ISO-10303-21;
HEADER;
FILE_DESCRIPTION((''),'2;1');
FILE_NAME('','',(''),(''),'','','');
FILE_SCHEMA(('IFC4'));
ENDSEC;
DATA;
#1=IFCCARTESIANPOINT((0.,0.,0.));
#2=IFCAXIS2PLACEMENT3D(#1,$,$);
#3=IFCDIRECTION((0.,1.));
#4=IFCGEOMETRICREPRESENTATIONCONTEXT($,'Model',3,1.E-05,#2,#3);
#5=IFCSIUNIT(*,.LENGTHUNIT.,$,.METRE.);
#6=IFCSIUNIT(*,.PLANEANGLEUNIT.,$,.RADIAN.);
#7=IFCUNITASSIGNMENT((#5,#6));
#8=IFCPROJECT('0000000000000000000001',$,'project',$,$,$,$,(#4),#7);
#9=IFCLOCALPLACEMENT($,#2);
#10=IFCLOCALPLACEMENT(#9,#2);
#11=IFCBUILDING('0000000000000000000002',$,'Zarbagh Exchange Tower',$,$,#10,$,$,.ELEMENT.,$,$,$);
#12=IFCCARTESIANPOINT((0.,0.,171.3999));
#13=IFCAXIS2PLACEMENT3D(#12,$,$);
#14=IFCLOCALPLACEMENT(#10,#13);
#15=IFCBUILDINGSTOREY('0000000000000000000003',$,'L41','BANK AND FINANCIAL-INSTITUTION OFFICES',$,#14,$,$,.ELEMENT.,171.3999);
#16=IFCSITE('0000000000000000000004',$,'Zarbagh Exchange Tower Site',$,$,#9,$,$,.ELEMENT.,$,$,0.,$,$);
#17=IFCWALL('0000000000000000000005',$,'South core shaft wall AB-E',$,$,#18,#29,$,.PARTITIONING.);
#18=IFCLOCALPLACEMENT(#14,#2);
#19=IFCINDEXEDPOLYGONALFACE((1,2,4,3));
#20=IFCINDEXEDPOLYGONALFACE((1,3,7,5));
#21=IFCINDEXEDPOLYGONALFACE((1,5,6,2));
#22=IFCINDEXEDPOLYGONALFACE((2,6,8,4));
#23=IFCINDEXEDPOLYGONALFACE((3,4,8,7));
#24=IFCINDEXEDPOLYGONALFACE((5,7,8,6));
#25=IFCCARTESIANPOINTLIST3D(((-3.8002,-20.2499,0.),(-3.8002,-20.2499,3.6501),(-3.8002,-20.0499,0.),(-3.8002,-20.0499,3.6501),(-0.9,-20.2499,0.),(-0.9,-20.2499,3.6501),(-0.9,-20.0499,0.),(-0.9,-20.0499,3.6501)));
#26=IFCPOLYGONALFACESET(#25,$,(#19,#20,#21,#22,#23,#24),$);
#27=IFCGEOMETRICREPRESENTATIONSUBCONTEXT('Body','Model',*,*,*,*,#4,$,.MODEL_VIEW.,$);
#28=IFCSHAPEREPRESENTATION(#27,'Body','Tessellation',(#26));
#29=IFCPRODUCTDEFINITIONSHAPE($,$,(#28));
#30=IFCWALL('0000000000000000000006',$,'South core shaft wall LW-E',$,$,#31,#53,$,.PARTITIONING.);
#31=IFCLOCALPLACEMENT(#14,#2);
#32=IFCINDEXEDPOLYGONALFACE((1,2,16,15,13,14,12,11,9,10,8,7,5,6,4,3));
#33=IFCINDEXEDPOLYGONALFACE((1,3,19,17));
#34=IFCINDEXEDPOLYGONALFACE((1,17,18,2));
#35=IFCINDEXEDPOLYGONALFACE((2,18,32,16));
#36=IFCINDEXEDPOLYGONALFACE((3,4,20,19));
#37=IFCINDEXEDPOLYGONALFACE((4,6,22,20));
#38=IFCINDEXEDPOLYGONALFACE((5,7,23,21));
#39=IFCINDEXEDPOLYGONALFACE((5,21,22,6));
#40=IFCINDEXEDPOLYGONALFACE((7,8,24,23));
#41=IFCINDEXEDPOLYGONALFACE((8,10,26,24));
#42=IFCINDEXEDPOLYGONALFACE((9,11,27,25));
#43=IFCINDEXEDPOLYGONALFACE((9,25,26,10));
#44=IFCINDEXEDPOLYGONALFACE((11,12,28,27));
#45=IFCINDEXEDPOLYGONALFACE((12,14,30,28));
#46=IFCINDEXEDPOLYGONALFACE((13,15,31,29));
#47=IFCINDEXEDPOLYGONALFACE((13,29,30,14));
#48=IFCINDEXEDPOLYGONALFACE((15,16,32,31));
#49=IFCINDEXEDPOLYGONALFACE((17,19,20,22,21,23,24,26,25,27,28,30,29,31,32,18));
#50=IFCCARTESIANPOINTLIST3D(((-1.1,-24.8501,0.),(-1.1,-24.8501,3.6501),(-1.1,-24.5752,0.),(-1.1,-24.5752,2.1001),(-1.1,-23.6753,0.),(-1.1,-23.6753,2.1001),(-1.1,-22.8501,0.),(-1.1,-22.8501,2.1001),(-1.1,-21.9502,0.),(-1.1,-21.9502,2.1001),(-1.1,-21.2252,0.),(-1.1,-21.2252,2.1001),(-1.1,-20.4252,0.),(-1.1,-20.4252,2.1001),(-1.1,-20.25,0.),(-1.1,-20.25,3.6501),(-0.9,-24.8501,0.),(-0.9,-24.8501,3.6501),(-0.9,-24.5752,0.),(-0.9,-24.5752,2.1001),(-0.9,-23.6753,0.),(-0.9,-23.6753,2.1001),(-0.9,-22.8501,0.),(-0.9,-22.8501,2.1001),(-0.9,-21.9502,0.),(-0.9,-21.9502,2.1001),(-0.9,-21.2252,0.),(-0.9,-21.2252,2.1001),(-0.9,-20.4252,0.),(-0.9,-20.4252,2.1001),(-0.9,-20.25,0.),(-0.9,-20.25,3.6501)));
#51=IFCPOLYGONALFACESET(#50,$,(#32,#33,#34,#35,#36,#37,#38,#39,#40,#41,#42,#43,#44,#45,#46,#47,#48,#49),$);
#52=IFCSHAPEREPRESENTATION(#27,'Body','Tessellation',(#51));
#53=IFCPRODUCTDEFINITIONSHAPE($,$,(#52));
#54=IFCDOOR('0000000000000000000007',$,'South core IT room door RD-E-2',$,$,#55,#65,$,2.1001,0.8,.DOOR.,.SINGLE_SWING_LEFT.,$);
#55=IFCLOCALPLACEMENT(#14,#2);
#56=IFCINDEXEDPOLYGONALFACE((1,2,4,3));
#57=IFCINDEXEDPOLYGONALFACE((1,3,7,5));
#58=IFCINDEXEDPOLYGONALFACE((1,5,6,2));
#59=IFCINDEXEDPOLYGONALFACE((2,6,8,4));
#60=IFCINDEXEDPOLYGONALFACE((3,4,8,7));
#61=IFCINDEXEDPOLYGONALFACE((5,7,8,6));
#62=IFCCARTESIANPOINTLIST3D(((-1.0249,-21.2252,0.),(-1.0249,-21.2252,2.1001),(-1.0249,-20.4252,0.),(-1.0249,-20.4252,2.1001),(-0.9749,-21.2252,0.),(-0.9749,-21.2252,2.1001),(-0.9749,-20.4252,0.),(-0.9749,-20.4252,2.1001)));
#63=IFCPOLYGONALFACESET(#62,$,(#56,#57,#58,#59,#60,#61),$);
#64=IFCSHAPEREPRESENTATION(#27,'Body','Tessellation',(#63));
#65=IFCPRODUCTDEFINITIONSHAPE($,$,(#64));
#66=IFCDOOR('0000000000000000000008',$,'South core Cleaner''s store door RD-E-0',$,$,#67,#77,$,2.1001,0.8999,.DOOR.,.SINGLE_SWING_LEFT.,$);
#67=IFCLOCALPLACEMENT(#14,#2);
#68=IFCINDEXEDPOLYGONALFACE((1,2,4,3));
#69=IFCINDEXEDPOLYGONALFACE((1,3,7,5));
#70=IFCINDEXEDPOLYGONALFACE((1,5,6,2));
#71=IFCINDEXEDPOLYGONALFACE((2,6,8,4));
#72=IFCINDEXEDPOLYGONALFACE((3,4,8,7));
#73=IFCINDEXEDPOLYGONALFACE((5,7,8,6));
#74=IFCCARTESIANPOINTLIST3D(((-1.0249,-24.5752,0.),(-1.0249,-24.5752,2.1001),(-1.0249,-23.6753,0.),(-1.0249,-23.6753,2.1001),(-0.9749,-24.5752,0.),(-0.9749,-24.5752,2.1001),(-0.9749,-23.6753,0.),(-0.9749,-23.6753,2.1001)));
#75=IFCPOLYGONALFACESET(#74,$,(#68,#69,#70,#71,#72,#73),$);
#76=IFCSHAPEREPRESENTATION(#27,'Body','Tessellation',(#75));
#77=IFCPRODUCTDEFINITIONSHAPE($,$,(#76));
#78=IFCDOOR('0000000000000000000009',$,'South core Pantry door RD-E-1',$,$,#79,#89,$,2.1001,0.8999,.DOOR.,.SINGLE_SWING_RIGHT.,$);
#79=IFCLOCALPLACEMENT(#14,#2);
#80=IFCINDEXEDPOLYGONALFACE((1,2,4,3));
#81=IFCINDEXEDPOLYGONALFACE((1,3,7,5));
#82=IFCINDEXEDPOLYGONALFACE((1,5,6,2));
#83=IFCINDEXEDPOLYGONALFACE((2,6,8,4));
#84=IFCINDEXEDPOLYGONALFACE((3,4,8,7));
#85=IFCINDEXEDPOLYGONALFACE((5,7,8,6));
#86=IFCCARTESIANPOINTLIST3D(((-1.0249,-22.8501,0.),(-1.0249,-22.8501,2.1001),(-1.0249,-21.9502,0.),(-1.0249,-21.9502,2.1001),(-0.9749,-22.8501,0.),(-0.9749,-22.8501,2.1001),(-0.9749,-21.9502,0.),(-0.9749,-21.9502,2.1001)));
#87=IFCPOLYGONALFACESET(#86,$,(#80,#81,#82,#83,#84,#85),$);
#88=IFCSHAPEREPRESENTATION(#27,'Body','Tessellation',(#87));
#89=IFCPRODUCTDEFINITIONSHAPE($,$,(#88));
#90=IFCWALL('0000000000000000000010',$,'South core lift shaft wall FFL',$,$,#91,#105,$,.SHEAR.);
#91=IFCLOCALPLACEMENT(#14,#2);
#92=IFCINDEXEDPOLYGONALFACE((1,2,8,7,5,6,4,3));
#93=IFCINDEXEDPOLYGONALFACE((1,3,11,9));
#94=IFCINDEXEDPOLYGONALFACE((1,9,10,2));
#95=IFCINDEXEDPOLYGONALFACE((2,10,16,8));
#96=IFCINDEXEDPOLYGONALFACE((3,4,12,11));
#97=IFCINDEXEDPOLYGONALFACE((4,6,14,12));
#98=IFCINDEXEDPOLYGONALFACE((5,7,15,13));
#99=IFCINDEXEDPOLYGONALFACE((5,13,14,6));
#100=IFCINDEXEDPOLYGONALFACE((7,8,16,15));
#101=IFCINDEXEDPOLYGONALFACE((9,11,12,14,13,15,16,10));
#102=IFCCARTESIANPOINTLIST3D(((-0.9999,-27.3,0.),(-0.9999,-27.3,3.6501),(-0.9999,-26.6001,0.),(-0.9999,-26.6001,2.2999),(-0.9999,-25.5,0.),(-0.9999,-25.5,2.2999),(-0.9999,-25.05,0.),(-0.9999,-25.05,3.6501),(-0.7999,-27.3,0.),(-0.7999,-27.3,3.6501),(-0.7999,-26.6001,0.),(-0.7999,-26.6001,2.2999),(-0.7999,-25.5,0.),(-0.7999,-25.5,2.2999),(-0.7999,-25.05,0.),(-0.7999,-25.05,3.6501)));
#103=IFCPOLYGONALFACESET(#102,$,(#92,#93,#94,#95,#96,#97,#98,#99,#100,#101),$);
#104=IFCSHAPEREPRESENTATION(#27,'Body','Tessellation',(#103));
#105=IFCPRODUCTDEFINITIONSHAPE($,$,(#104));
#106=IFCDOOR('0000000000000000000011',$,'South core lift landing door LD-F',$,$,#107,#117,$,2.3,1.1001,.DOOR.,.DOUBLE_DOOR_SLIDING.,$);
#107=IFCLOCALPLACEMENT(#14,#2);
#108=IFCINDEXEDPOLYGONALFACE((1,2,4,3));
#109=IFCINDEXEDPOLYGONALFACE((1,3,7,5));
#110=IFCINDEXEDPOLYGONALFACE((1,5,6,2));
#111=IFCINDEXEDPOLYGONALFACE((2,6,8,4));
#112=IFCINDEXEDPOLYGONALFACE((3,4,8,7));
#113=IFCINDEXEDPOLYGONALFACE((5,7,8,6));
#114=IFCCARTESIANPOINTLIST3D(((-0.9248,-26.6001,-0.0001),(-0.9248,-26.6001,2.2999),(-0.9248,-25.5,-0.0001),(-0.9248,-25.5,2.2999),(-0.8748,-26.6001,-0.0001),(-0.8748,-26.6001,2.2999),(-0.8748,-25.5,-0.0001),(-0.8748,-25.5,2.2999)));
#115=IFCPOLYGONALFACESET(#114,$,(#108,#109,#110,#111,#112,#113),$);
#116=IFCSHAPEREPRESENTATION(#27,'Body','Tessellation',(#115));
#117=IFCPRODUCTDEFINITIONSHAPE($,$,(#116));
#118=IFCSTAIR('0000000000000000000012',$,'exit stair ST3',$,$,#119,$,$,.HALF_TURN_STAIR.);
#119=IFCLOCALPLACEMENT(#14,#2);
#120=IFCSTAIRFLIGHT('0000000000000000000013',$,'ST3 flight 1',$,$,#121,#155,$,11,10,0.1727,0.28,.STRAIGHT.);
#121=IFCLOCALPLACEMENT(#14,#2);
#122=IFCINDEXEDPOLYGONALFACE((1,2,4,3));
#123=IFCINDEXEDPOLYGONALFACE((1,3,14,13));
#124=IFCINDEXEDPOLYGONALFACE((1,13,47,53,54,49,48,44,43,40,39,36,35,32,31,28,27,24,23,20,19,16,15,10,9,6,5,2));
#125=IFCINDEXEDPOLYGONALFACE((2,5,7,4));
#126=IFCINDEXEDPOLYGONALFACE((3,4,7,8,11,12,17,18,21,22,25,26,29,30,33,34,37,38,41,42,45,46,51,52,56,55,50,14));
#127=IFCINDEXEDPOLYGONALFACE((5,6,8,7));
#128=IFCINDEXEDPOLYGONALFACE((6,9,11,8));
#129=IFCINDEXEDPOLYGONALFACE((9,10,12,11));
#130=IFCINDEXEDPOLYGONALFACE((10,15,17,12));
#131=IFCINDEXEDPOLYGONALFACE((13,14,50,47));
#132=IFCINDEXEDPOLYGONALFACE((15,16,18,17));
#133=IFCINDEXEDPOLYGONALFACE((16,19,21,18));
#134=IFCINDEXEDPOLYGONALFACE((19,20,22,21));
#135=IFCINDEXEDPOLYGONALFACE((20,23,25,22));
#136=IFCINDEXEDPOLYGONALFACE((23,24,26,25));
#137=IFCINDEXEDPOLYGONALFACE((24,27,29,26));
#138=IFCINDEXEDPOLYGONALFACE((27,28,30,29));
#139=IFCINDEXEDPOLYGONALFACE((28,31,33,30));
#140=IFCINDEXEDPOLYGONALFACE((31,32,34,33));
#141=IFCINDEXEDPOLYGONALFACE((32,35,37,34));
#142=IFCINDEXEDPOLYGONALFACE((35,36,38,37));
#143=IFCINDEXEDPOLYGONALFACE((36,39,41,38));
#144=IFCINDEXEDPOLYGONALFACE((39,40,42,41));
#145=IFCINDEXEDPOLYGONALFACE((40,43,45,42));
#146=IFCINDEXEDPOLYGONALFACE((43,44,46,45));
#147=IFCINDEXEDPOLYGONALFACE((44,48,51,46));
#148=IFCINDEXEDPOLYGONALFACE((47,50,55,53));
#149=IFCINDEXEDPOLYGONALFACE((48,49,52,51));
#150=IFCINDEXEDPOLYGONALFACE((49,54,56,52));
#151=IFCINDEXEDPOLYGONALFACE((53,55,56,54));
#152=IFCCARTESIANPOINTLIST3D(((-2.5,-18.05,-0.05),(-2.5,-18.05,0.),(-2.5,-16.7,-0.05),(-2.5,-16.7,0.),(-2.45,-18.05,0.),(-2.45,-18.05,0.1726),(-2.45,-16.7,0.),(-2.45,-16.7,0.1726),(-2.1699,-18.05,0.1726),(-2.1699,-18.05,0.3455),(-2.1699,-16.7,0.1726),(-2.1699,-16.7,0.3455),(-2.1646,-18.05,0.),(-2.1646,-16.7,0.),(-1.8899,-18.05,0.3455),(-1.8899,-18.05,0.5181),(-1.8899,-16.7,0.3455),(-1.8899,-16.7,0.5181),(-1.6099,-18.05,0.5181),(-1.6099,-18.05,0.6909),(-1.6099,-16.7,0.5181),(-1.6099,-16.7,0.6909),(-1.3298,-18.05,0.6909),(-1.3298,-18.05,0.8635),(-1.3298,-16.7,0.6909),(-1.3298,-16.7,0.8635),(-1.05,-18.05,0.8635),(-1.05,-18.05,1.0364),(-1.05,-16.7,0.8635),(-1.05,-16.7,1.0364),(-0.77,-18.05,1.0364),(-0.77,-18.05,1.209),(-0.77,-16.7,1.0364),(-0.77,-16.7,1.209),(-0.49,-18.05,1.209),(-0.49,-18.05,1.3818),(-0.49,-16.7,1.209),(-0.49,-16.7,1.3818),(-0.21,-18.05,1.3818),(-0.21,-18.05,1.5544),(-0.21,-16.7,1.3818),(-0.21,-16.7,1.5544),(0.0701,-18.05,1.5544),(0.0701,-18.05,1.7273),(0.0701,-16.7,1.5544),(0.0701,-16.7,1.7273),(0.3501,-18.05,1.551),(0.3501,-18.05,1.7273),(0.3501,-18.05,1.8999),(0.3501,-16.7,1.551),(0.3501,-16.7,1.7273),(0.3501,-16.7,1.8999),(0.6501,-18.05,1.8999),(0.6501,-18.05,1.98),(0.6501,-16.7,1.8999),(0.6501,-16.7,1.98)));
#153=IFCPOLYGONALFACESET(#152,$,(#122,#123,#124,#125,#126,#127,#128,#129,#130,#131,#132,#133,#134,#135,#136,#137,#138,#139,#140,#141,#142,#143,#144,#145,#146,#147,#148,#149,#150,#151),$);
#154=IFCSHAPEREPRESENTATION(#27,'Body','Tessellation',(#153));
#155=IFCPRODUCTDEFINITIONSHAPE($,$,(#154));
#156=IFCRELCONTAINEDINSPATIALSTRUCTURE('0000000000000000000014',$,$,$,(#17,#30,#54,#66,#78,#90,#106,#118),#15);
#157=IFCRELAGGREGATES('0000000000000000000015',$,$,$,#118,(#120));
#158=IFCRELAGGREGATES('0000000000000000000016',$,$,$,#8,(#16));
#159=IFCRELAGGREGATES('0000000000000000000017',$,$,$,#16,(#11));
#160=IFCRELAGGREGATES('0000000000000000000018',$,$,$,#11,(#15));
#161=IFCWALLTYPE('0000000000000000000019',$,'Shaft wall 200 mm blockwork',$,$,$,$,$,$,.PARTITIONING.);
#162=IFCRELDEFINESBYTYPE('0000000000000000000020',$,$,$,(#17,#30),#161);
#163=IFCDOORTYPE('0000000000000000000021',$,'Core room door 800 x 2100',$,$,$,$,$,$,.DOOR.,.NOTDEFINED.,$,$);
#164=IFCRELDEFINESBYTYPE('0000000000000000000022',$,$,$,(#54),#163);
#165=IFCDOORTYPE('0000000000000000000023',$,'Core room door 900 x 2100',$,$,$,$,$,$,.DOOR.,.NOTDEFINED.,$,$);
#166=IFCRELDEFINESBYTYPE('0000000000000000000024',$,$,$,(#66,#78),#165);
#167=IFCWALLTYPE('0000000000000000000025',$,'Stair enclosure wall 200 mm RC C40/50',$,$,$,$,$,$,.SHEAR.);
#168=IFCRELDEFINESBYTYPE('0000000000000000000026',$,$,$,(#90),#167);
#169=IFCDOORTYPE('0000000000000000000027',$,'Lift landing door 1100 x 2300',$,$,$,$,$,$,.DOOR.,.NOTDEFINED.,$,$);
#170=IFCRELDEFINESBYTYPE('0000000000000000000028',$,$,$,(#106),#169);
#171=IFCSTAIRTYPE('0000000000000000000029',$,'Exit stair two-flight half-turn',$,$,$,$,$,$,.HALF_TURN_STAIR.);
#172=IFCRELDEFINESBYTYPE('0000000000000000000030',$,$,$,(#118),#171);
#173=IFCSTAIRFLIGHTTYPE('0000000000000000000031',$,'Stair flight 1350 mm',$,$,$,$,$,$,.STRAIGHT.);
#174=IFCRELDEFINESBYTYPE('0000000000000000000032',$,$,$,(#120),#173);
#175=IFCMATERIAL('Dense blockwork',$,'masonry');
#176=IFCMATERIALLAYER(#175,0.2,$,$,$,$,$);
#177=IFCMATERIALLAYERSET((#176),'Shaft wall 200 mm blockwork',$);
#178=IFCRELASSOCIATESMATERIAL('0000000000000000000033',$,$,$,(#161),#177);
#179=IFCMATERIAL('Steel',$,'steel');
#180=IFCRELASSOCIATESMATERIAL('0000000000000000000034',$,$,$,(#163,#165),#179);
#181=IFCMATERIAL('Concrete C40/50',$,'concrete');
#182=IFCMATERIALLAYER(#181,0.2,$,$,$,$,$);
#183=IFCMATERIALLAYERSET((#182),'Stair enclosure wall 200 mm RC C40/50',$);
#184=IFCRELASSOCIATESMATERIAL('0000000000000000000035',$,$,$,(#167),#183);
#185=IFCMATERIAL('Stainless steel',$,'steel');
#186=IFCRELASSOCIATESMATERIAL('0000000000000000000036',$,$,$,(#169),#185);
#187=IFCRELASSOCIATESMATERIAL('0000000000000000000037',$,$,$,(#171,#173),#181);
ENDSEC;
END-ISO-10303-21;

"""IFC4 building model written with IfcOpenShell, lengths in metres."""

from ifc_helpers import new_model, si_unit, direction, frame, frame_2d, origin, place, context, subcontext, project, spatial, polyline, rectangle, outline, extrude, material, layer, layer_set, type_object, element, fill, aggregate, save


model = new_model("IFC4")

# Units and contexts
model_context = context("Model", 3, precision=1e-05, world=origin(), true_north=direction((0.0, 1.0)))
body_context = subcontext(model_context, "Body", "Model", "MODEL_VIEW")
ifc_project = project(units=[si_unit("LENGTHUNIT", "METRE"), si_unit("PLANEANGLEUNIT", "RADIAN")], contexts=[model_context])

# Site, building, storey
site_placement = place(None, origin())
site = spatial("IfcSite", under=ifc_project, at=site_placement, Name="Zarbagh Exchange Tower Site", CompositionType="ELEMENT", RefElevation=0.0)
building_placement = place(site_placement, origin())
building = spatial("IfcBuilding", under=site, at=building_placement, Name="Zarbagh Exchange Tower", CompositionType="ELEMENT")
storey_placement = place(building_placement, frame((0.0, 0.0, 171.3999)))
storey = spatial("IfcBuildingStorey", under=building, at=storey_placement, Name="L41", Description="BANK AND FINANCIAL-INSTITUTION OFFICES", CompositionType="ELEMENT", Elevation=171.3999)

# Shared definitions
ifc_material_1 = material(Name="Concrete C40/50", Category="concrete")

# Shared definitions
ifc_material_2 = material(Name="Dense blockwork", Category="masonry")

# Shared definitions
ifc_material_3 = material(Name="Steel", Category="steel")

# Wall
ifc_layer_1 = layer(ifc_material_2, 0.2)
ifc_layer_set_1 = layer_set([ifc_layer_1], Name="Shaft wall 200 mm blockwork")
wall_type_1 = type_object("IfcWallType", Name="Shaft wall 200 mm blockwork", PredefinedType="PARTITIONING", material=ifc_layer_set_1)
wall_1_placement = place(storey_placement, frame((-0.8999, -20.1499, 0.0), z_axis=(0.0, 0.0, 1.0), x_axis=(-1.0, 0.0, 0.0)))
element("IfcWall", 1, at=wall_1_placement, inside=storey, type_object=wall_type_1, Name="South core shaft wall AB-E", PredefinedType="PARTITIONING", context=body_context, shape_type="SweptSolid", body=[
    extrude(rectangle(XDim=2.9001, YDim=0.2, at=frame_2d((1.4502, 0.0))), origin(), (0.0, 0.0, 1.0), 3.6501),
])

# Wall, openings, doors
wall_2_placement = place(storey_placement, frame((-1.0, -24.8501, 0.0), z_axis=(0.0, 0.0, 1.0), x_axis=(0.0, 1.0, 0.0)))
wall_2 = element("IfcWall", 2, at=wall_2_placement, inside=storey, type_object=wall_type_1, Name="South core shaft wall LW-E", PredefinedType="PARTITIONING", context=body_context, shape_type="SweptSolid", body=[
    extrude(rectangle(XDim=4.6001, YDim=0.2, at=frame_2d((2.3, 0.0))), origin(), (0.0, 0.0, 1.0), 3.6501),
])
opening_1_placement = place(wall_2_placement, frame((0.2749, 0.0, 0.0)))
opening_1 = element("IfcOpeningElement", 3, at=opening_1_placement, cuts=wall_2, PredefinedType="OPENING", context=body_context, shape_type="SweptSolid", body=[
    extrude(rectangle(XDim=0.8999, YDim=2.1001, at=frame_2d((0.45, 1.05))), frame((0.0, 0.1099, 0.0), z_axis=(0.0, -1.0, 0.0), x_axis=(1.0, 0.0, 0.0)), (0.0, 0.0, 1.0), 0.22),
])
opening_2_placement = place(wall_2_placement, frame((2.0, 0.0, 0.0)))
opening_2 = element("IfcOpeningElement", 4, at=opening_2_placement, cuts=wall_2, PredefinedType="OPENING", context=body_context, shape_type="SweptSolid", body=[
    extrude(rectangle(XDim=0.8999, YDim=2.1001, at=frame_2d((0.45, 1.05))), frame((0.0, 0.1099, 0.0), z_axis=(0.0, -1.0, 0.0), x_axis=(1.0, 0.0, 0.0)), (0.0, 0.0, 1.0), 0.22),
])
opening_3_placement = place(wall_2_placement, frame((3.625, 0.0, 0.0)))
opening_3 = element("IfcOpeningElement", 5, at=opening_3_placement, cuts=wall_2, PredefinedType="OPENING", context=body_context, shape_type="SweptSolid", body=[
    extrude(rectangle(XDim=0.8, YDim=2.1001, at=frame_2d((0.3999, 1.05))), frame((0.0, 0.1099, 0.0), z_axis=(0.0, -1.0, 0.0), x_axis=(1.0, 0.0, 0.0)), (0.0, 0.0, 1.0), 0.22),
])
door_type_1 = type_object("IfcDoorType", Name="Core room door 800 x 2100", OperationType="NOTDEFINED", PredefinedType="DOOR", material=ifc_material_3)
door_1_placement = place(opening_3_placement, origin())
door_1 = element("IfcDoor", 6, at=door_1_placement, inside=storey, type_object=door_type_1, Name="South core IT room door RD-E-2", OperationType="SINGLE_SWING_LEFT", OverallHeight=2.1001, OverallWidth=0.8, PredefinedType="DOOR", context=body_context, shape_type="SweptSolid", body=[
    extrude(rectangle(XDim=0.8, YDim=2.1001, at=frame_2d((0.3999, 1.05))), frame((0.0, 0.0249, 0.0), z_axis=(0.0, -1.0, 0.0), x_axis=(1.0, 0.0, 0.0)), (0.0, 0.0, 1.0), 0.05),
])
fill(opening_3, door_1)
door_type_2 = type_object("IfcDoorType", Name="Core room door 900 x 2100", OperationType="NOTDEFINED", PredefinedType="DOOR", material=ifc_material_3)
door_2_placement = place(opening_1_placement, origin())
door_2 = element("IfcDoor", 7, at=door_2_placement, inside=storey, type_object=door_type_2, Name="South core Cleaner's store door RD-E-0", OperationType="SINGLE_SWING_LEFT", OverallHeight=2.1001, OverallWidth=0.8999, PredefinedType="DOOR", context=body_context, shape_type="SweptSolid", body=[
    extrude(rectangle(XDim=0.8999, YDim=2.1001, at=frame_2d((0.45, 1.05))), frame((0.0, 0.0249, 0.0), z_axis=(0.0, -1.0, 0.0), x_axis=(1.0, 0.0, 0.0)), (0.0, 0.0, 1.0), 0.05),
])
fill(opening_1, door_2)
door_3_placement = place(opening_2_placement, origin())
door_3 = element("IfcDoor", 8, at=door_3_placement, inside=storey, type_object=door_type_2, Name="South core Pantry door RD-E-1", OperationType="SINGLE_SWING_RIGHT", OverallHeight=2.1001, OverallWidth=0.8999, PredefinedType="DOOR", context=body_context, shape_type="SweptSolid", body=[
    extrude(rectangle(XDim=0.8999, YDim=2.1001, at=frame_2d((0.45, 1.05))), frame((0.0, 0.0249, 0.0), z_axis=(0.0, -1.0, 0.0), x_axis=(1.0, 0.0, 0.0)), (0.0, 0.0, 1.0), 0.05),
])
fill(opening_2, door_3)

# Wall, opening, door
ifc_layer_2 = layer(ifc_material_1, 0.2)
ifc_layer_set_2 = layer_set([ifc_layer_2], Name="Stair enclosure wall 200 mm RC C40/50")
wall_type_2 = type_object("IfcWallType", Name="Stair enclosure wall 200 mm RC C40/50", PredefinedType="SHEAR", material=ifc_layer_set_2)
wall_3_placement = place(storey_placement, frame((-0.8999, -27.3, 0.0), z_axis=(0.0, 0.0, 1.0), x_axis=(0.0, 1.0, 0.0)))
wall_3 = element("IfcWall", 9, at=wall_3_placement, inside=storey, type_object=wall_type_2, Name="South core lift shaft wall FFL", PredefinedType="SHEAR", context=body_context, shape_type="SweptSolid", body=[
    extrude(rectangle(XDim=2.25, YDim=0.2, at=frame_2d((1.125, 0.0))), origin(), (0.0, 0.0, 1.0), 3.6501),
])
opening_4_placement = place(wall_3_placement, frame((0.7, 0.0, 0.0)))
opening_4 = element("IfcOpeningElement", 10, at=opening_4_placement, cuts=wall_3, PredefinedType="OPENING", context=body_context, shape_type="SweptSolid", body=[
    extrude(rectangle(XDim=1.1001, YDim=2.3, at=frame_2d((0.55, 1.1499))), frame((0.0, 0.1099, 0.0), z_axis=(0.0, -1.0, 0.0), x_axis=(1.0, 0.0, 0.0)), (0.0, 0.0, 1.0), 0.22),
])
ifc_material_4 = material(Name="Stainless steel", Category="steel")
door_type_3 = type_object("IfcDoorType", Name="Lift landing door 1100 x 2300", OperationType="NOTDEFINED", PredefinedType="DOOR", material=ifc_material_4)
door_4_placement = place(opening_4_placement, origin())
door_4 = element("IfcDoor", 11, at=door_4_placement, inside=storey, type_object=door_type_3, Name="South core lift landing door LD-F", OperationType="DOUBLE_DOOR_SLIDING", OverallHeight=2.3, OverallWidth=1.1001, PredefinedType="DOOR", context=body_context, shape_type="SweptSolid", body=[
    extrude(rectangle(XDim=1.1001, YDim=2.3, at=frame_2d((0.55, 1.1499))), frame((0.0, 0.0249, 0.0), z_axis=(0.0, -1.0, 0.0), x_axis=(1.0, 0.0, 0.0)), (0.0, 0.0, 1.0), 0.05),
])
fill(opening_4, door_4)

# Stair, stair flight
stair_type = type_object("IfcStairType", Name="Exit stair two-flight half-turn", PredefinedType="HALF_TURN_STAIR", material=ifc_material_1)
stair_1_placement = place(storey_placement, origin())
stair_1 = element("IfcStair", 12, at=stair_1_placement, inside=storey, type_object=stair_type, Name="exit stair ST3", PredefinedType="HALF_TURN_STAIR")
stair_flight_type_1 = type_object("IfcStairFlightType", Name="Stair flight 1350 mm", PredefinedType="STRAIGHT", material=ifc_material_1)
stair_flight_1_placement = place(storey_placement, frame((-2.45, -17.375, 0.0), z_axis=(0.0, 0.0, 1.0), x_axis=(1.0, 0.0, 0.0)))
stair_flight_1 = element("IfcStairFlight", 13, at=stair_flight_1_placement, type_object=stair_flight_type_1, Name="ST3 flight 1", NumberOfRisers=11, NumberOfTreads=10, PredefinedType="STRAIGHT", RiserHeight=0.1727, TreadLength=0.28, context=body_context, shape_type="SweptSolid", body=[
    extrude(outline(polyline([(-0.05, -0.05), (-0.05, 0.0), (0.0, 0.0), (0.0, 0.1726), (0.28, 0.1726), (0.28, 0.3455), (0.5601, 0.3455), (0.5601, 0.5181), (0.8401, 0.5181), (0.8401, 0.6909), (1.1201, 0.6909), (1.1201, 0.8635), (1.3999, 0.8635), (1.3999, 1.0364), (1.6799, 1.0364), (1.6799, 1.209), (1.96, 1.209), (1.96, 1.3818), (2.24, 1.3818), (2.24, 1.5544), (2.52, 1.5544), (2.52, 1.7273), (2.8, 1.7273), (2.8, 1.8999), (3.1001, 1.98), (3.1001, 1.8999), (2.8, 1.551), (0.2854, 0.0), (-0.05, -0.05)])), frame((0.0, 0.675, 0.0), z_axis=(0.0, -1.0, 0.0), x_axis=(1.0, 0.0, 0.0)), (0.0, 0.0, 1.0), 1.3501),
])
aggregate(stair_1, [stair_flight_1])

save(model, "model.ifc")
